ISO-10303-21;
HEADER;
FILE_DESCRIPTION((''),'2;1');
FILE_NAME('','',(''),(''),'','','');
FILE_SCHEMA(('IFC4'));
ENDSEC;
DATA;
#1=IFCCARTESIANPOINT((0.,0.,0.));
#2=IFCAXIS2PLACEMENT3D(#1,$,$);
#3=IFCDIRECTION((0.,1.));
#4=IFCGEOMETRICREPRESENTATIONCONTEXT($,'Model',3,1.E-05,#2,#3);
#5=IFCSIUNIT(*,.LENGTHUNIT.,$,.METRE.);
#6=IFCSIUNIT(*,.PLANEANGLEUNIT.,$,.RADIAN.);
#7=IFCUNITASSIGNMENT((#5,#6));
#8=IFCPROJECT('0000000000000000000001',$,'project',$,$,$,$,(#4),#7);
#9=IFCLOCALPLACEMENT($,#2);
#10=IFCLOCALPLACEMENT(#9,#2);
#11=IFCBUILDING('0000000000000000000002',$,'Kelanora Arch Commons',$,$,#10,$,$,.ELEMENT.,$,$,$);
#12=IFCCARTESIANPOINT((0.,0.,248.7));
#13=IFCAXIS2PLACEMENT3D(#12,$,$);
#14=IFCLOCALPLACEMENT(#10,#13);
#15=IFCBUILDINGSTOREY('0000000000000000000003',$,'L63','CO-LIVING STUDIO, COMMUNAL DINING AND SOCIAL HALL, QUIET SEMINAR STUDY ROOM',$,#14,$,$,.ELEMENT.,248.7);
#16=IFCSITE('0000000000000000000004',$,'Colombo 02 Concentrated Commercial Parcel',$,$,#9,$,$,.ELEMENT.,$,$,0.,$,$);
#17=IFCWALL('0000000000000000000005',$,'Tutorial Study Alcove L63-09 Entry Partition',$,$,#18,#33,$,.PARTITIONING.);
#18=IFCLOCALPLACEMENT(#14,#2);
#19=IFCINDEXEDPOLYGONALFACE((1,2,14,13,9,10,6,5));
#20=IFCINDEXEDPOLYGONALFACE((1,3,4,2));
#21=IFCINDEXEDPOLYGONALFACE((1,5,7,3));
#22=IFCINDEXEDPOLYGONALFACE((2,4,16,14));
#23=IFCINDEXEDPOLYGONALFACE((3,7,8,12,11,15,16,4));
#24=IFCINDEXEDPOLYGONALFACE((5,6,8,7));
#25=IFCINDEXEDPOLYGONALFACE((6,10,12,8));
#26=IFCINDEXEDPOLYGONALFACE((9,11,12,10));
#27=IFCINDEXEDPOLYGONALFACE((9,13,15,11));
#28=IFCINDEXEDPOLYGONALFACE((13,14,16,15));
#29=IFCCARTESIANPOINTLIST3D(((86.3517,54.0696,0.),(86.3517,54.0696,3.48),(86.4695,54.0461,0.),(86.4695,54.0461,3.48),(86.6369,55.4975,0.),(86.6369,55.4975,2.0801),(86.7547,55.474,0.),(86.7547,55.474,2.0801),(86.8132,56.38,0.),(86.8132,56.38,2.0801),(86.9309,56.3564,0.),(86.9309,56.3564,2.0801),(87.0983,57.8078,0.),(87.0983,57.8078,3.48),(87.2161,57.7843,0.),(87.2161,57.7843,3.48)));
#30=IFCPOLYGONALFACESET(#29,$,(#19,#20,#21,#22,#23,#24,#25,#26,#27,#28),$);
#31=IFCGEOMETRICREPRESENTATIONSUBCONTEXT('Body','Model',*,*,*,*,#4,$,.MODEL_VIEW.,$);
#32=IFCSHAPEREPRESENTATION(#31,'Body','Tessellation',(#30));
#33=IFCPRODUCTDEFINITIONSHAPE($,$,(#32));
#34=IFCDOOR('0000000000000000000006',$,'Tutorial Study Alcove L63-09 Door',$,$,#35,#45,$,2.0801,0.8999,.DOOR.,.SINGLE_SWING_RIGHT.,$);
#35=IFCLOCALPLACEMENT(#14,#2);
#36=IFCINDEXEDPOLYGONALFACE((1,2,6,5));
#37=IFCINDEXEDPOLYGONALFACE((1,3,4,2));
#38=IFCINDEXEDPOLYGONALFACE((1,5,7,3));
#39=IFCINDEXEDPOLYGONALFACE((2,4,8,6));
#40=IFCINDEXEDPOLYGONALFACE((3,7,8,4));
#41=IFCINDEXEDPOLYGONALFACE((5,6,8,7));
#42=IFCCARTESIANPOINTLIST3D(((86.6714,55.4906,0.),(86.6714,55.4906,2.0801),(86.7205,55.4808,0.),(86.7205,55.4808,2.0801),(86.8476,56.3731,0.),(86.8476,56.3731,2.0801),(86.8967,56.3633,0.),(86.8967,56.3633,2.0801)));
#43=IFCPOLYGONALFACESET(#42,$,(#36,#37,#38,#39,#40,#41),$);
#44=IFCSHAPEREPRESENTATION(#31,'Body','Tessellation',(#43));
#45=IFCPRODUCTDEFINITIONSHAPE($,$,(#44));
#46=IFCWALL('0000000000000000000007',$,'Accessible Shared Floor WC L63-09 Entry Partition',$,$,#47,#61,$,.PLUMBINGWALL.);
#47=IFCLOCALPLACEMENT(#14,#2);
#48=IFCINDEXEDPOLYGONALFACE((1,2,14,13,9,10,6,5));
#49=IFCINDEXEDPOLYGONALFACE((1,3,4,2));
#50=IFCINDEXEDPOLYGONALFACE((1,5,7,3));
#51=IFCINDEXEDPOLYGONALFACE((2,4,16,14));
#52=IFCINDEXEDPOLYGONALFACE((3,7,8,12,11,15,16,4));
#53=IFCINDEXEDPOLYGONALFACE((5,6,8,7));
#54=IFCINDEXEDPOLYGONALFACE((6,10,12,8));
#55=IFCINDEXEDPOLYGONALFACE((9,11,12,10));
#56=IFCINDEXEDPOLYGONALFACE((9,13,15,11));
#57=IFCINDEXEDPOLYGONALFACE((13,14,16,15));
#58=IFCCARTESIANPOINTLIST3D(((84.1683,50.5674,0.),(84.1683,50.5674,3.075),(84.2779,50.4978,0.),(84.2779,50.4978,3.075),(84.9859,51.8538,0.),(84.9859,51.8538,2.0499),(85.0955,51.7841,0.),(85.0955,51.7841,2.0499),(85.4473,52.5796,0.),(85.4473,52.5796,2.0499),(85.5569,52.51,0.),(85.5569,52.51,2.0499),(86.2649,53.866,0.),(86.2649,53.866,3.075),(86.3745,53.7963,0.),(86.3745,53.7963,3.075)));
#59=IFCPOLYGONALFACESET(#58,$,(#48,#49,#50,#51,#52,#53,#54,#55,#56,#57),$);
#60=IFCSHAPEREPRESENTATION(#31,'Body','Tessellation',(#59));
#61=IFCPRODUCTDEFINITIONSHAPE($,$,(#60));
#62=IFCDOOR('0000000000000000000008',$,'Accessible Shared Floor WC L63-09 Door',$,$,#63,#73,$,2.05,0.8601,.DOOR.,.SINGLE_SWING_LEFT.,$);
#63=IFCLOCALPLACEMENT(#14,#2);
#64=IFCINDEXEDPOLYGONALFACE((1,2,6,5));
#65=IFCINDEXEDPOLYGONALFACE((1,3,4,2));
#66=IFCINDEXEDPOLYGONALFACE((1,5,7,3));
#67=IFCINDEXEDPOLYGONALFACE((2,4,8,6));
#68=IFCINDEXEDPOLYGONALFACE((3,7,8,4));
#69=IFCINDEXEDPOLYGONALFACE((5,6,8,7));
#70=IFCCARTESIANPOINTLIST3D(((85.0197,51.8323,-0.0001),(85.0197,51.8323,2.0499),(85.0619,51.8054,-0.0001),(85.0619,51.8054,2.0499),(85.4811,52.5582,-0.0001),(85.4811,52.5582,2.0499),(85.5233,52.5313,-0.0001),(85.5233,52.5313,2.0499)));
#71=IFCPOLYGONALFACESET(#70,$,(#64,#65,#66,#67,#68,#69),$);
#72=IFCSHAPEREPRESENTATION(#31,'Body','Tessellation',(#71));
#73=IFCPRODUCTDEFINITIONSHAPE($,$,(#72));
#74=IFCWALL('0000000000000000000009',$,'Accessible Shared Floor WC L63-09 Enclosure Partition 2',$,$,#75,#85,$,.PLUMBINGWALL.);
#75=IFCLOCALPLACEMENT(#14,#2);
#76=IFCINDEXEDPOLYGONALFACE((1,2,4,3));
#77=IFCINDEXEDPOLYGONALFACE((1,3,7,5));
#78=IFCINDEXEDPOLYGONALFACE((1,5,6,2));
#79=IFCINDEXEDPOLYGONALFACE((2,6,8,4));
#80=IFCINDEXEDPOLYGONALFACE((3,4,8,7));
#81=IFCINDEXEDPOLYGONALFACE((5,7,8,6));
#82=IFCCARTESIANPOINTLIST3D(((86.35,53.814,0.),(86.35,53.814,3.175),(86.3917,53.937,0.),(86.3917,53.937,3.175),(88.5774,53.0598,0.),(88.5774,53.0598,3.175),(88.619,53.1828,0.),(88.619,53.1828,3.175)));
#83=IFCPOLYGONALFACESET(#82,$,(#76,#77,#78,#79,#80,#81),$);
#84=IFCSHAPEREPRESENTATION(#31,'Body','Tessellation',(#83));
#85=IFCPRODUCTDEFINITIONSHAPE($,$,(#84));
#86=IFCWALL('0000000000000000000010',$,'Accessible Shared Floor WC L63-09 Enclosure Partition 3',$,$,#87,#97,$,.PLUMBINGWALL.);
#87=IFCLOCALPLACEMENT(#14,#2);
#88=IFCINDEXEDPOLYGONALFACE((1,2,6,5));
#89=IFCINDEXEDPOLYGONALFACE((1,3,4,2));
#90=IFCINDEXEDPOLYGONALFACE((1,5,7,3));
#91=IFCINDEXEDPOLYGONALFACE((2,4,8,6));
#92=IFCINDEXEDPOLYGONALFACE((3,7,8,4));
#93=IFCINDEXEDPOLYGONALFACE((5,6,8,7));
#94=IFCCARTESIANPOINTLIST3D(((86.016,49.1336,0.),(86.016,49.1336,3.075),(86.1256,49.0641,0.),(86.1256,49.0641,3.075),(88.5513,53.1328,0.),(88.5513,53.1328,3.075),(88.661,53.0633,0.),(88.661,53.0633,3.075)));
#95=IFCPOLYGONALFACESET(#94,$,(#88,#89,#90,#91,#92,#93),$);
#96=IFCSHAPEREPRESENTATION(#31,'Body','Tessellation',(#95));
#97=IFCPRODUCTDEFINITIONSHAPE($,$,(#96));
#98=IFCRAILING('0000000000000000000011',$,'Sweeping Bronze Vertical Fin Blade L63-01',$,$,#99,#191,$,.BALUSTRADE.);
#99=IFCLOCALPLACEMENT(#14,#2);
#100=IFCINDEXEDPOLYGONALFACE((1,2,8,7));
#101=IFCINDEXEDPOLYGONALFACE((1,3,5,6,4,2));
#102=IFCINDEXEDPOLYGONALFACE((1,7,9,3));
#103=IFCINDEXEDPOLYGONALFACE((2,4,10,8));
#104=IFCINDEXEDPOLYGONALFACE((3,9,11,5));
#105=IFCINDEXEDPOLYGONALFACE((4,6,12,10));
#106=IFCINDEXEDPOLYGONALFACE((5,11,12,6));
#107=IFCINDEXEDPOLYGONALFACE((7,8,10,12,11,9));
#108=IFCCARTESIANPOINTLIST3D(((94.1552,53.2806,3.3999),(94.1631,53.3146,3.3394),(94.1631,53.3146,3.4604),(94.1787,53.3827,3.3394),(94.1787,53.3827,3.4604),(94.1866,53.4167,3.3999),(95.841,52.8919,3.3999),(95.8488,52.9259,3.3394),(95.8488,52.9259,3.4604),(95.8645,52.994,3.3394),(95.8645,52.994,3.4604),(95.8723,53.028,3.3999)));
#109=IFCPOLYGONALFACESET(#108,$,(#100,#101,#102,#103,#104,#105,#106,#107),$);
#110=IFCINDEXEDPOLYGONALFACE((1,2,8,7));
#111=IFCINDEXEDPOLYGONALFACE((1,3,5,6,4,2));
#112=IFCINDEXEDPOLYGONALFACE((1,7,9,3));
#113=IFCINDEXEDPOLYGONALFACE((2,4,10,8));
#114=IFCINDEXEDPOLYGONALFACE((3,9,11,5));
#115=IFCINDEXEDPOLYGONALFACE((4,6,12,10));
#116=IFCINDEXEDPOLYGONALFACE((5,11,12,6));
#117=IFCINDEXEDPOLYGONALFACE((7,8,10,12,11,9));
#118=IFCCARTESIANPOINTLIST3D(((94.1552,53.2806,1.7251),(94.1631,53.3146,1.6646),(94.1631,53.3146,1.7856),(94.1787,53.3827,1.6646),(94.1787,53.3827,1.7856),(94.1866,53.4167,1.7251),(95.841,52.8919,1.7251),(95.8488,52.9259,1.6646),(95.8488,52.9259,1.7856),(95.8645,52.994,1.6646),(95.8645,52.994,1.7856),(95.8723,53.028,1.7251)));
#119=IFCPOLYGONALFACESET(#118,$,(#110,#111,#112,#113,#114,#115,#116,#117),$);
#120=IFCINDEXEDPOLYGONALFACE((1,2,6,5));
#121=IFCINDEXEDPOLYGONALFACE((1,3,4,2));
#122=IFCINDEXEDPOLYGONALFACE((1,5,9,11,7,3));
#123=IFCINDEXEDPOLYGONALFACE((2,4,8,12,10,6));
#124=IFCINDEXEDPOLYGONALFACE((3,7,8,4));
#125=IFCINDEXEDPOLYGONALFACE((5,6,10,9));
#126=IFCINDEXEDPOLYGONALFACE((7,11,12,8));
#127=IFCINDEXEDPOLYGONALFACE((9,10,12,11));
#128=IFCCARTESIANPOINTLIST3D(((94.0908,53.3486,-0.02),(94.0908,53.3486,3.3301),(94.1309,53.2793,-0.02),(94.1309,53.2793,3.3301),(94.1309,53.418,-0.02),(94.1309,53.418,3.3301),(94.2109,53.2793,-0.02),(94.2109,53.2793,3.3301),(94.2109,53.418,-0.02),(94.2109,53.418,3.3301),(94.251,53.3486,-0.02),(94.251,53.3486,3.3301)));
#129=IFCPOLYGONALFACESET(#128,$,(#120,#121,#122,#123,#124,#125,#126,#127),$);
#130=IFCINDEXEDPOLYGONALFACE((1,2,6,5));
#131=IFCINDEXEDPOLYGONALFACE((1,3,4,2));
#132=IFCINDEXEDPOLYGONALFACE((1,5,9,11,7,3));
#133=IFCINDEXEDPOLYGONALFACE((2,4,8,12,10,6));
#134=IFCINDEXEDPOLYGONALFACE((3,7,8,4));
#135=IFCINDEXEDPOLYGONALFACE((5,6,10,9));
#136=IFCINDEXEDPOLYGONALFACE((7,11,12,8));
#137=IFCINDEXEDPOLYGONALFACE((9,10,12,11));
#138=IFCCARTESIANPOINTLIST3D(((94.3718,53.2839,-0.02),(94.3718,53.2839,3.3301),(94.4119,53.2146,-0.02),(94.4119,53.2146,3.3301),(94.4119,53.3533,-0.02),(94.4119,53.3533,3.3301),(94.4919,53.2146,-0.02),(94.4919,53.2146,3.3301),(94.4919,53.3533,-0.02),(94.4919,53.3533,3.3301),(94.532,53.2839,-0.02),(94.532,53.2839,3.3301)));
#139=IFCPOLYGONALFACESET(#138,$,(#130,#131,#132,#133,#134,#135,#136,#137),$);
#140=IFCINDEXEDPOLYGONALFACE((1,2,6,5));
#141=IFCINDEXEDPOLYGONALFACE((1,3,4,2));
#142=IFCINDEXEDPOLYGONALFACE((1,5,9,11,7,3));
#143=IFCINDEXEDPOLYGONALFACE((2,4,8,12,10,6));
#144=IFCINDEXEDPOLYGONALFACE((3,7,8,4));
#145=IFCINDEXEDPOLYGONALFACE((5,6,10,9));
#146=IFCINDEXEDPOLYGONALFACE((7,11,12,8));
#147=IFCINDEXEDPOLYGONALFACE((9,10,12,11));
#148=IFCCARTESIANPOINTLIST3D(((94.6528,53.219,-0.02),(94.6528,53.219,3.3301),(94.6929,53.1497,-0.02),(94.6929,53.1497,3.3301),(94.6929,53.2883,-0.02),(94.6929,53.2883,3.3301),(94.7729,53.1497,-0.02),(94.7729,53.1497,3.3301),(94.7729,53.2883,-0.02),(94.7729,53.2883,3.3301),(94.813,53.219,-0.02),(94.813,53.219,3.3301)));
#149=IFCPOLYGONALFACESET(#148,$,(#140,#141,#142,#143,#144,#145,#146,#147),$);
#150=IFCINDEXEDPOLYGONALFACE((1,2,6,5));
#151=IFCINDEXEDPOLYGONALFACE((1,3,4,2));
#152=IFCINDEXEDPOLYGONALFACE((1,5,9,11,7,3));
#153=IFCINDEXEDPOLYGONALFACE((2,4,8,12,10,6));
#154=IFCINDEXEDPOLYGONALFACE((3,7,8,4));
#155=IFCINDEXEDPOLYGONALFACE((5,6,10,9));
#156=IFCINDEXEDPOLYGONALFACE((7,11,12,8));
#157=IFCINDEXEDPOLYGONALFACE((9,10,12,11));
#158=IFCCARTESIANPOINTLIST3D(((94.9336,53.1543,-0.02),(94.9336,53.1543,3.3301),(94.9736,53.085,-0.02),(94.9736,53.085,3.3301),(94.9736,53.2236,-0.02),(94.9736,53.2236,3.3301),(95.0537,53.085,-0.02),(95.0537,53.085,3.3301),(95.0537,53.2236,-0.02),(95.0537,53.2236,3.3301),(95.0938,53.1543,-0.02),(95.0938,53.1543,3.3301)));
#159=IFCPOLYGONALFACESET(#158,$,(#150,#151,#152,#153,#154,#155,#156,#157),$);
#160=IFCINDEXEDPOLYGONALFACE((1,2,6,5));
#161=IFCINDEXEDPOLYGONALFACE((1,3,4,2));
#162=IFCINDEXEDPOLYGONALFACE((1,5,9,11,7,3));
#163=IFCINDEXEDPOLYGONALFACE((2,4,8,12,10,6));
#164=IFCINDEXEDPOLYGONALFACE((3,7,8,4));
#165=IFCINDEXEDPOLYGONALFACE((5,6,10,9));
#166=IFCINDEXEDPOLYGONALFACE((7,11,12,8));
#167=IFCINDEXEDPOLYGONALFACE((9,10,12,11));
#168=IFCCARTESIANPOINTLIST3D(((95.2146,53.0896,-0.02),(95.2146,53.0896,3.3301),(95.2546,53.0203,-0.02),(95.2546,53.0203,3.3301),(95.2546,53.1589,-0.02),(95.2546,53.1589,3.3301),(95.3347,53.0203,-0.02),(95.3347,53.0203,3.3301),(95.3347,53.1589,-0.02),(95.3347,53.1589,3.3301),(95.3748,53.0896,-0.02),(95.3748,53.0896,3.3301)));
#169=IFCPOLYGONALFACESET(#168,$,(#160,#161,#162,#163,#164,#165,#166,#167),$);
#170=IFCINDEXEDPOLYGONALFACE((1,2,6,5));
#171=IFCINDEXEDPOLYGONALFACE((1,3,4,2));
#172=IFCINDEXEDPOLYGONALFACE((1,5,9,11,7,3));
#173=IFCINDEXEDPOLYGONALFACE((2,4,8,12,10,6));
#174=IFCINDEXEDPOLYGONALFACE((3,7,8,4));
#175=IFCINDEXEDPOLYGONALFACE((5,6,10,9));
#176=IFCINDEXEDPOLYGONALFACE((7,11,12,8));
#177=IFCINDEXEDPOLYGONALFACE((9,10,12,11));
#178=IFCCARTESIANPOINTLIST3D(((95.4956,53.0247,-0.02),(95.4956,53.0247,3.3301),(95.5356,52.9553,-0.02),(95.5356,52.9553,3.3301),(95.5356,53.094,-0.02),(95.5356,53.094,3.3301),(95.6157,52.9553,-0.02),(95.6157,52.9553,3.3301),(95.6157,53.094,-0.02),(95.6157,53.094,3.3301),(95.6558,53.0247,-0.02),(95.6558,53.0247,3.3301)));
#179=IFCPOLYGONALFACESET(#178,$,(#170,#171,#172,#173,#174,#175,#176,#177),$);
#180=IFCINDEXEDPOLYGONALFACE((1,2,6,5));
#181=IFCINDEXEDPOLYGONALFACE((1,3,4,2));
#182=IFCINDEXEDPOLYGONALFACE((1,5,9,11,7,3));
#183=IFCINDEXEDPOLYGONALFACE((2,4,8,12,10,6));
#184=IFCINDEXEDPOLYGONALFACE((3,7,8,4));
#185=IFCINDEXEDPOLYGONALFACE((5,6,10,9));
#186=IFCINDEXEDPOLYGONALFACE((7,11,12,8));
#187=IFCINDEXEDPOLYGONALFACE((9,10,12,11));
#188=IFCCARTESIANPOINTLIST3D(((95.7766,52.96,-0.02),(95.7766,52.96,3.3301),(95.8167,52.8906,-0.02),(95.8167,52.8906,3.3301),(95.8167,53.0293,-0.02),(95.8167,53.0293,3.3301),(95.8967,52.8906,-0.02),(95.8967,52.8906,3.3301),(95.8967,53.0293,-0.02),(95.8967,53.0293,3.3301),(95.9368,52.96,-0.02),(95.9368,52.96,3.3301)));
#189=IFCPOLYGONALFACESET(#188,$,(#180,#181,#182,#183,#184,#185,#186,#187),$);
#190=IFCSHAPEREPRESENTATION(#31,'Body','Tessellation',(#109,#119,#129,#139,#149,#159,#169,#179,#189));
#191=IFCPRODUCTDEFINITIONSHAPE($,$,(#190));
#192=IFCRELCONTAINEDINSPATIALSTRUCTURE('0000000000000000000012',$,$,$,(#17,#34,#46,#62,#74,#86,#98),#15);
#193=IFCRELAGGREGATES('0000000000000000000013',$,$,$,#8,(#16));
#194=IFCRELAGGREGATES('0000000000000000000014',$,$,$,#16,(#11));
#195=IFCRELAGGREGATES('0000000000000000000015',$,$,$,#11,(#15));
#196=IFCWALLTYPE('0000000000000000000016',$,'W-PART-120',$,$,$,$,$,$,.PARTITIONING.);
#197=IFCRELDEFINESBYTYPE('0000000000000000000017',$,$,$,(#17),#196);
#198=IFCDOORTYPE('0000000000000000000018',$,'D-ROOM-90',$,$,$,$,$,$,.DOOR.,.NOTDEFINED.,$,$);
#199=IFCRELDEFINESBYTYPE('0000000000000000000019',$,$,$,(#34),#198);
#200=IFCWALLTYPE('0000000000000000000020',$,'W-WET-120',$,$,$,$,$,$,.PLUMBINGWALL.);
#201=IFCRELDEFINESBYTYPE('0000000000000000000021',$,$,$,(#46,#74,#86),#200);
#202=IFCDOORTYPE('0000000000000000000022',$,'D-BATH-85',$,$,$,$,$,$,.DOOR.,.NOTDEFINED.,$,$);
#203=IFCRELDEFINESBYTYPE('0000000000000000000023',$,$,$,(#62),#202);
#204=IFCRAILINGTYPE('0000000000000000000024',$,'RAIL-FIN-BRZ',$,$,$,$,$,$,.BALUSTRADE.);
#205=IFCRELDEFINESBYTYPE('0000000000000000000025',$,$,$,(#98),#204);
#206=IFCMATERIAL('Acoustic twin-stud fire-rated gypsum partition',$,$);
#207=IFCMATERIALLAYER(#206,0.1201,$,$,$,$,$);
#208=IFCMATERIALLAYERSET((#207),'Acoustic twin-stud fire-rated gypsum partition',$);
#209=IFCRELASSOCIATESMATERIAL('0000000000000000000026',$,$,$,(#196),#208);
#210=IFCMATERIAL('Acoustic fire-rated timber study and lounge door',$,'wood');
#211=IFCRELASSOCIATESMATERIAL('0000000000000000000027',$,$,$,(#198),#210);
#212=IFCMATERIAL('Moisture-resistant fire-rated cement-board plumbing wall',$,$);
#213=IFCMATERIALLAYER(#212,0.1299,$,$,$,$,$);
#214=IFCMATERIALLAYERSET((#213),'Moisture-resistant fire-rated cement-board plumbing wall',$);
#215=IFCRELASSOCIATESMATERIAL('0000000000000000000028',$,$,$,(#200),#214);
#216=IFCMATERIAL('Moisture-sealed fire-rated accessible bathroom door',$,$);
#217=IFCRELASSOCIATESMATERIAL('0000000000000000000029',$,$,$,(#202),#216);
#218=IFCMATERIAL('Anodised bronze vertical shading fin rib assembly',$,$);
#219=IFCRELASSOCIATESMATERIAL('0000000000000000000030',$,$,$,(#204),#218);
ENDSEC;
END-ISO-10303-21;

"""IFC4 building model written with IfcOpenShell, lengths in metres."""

from ifc_helpers import new_model, si_unit, direction, frame, frame_2d, origin, place, context, subcontext, project, spatial, polyline, rectangle, outline, extrude, material, layer, layer_set, type_object, element, fill, save


model = new_model("IFC4")

# Units and contexts
model_context = context("Model", 3, precision=1e-05, world=origin(), true_north=direction((0.0, 1.0)))
body_context = subcontext(model_context, "Body", "Model", "MODEL_VIEW")
ifc_project = project(units=[si_unit("LENGTHUNIT", "METRE"), si_unit("PLANEANGLEUNIT", "RADIAN")], contexts=[model_context])

# Site, building, storey
site_placement = place(None, origin())
site = spatial("IfcSite", under=ifc_project, at=site_placement, Name="Colombo 02 Concentrated Commercial Parcel", CompositionType="ELEMENT", RefElevation=0.0)
building_placement = place(site_placement, origin())
building = spatial("IfcBuilding", under=site, at=building_placement, Name="Kelanora Arch Commons", CompositionType="ELEMENT")
storey_placement = place(building_placement, frame((0.0, 0.0, 248.7)))
storey = spatial("IfcBuildingStorey", under=building, at=storey_placement, Name="L63", Description="CO-LIVING STUDIO, COMMUNAL DINING AND SOCIAL HALL, QUIET SEMINAR STUDY ROOM", CompositionType="ELEMENT", Elevation=248.7)

# Walls, openings, doors
ifc_material_1 = material(Name="Acoustic twin-stud fire-rated gypsum partition")
ifc_layer_1 = layer(ifc_material_1, 0.1201)
ifc_layer_set_1 = layer_set([ifc_layer_1], Name="Acoustic twin-stud fire-rated gypsum partition")
wall_type_1 = type_object("IfcWallType", Name="W-PART-120", PredefinedType="PARTITIONING", material=ifc_layer_set_1)
wall_1_placement = place(storey_placement, frame((86.4106, 54.0579, 0.0), z_axis=(0.0, 0.0, 1.0), x_axis=(0.195845, 0.980635, 0.0)))
wall_1 = element("IfcWall", 1, at=wall_1_placement, inside=storey, type_object=wall_type_1, Name="Tutorial Study Alcove L63-09 Entry Partition", PredefinedType="PARTITIONING", context=body_context, shape_type="SweptSolid", body=[
    extrude(rectangle(XDim=3.812, YDim=0.1201, at=frame_2d((1.906, 0.0))), origin(), (0.0, 0.0, 1.0), 3.48),
])
opening_1_placement = place(wall_1_placement, frame((1.4561, 0.0, 0.0)))
opening_1 = element("IfcOpeningElement", 2, at=opening_1_placement, cuts=wall_1, PredefinedType="OPENING", context=body_context, shape_type="SweptSolid", body=[
    extrude(rectangle(XDim=0.8999, YDim=2.0801, at=frame_2d((0.45, 1.04))), frame((0.0, 0.0701, 0.0), z_axis=(0.0, -1.0, 0.0), x_axis=(1.0, 0.0, 0.0)), (0.0, 0.0, 1.0), 0.1401),
])
ifc_material_2 = material(Name="Acoustic fire-rated timber study and lounge door", Category="wood")
door_type_1 = type_object("IfcDoorType", Name="D-ROOM-90", OperationType="NOTDEFINED", PredefinedType="DOOR", material=ifc_material_2)
door_1_placement = place(opening_1_placement, origin())
door_1 = element("IfcDoor", 3, at=door_1_placement, inside=storey, type_object=door_type_1, Name="Tutorial Study Alcove L63-09 Door", OperationType="SINGLE_SWING_RIGHT", OverallHeight=2.0801, OverallWidth=0.8999, PredefinedType="DOOR", context=body_context, shape_type="SweptSolid", body=[
    extrude(rectangle(XDim=0.8999, YDim=2.0801, at=frame_2d((0.45, 1.04))), frame((0.0, 0.0249, 0.0), z_axis=(0.0, -1.0, 0.0), x_axis=(1.0, 0.0, 0.0)), (0.0, 0.0, 1.0), 0.05),
])
fill(opening_1, door_1)
ifc_material_3 = material(Name="Moisture-resistant fire-rated cement-board plumbing wall")
ifc_layer_2 = layer(ifc_material_3, 0.1299)
ifc_layer_set_2 = layer_set([ifc_layer_2], Name="Moisture-resistant fire-rated cement-board plumbing wall")
wall_type_2 = type_object("IfcWallType", Name="W-WET-120", PredefinedType="PLUMBINGWALL", material=ifc_layer_set_2)
wall_2_placement = place(storey_placement, frame((84.2231, 50.5327, 0.0), z_axis=(0.0, 0.0, 1.0), x_axis=(0.536435, 0.843942, 0.0)))
wall_2 = element("IfcWall", 4, at=wall_2_placement, inside=storey, type_object=wall_type_2, Name="Accessible Shared Floor WC L63-09 Entry Partition", PredefinedType="PLUMBINGWALL", context=body_context, shape_type="SweptSolid", body=[
    extrude(rectangle(XDim=3.9084, YDim=0.1299, at=frame_2d((1.9541, 0.0))), origin(), (0.0, 0.0, 1.0), 3.075),
])
opening_2_placement = place(wall_2_placement, frame((1.5239, 0.0, 0.0)))
opening_2 = element("IfcOpeningElement", 5, at=opening_2_placement, cuts=wall_2, PredefinedType="OPENING", context=body_context, shape_type="SweptSolid", body=[
    extrude(rectangle(XDim=0.8601, YDim=2.05, at=frame_2d((0.4302, 1.0249))), frame((0.0, 0.075, 0.0), z_axis=(0.0, -1.0, 0.0), x_axis=(1.0, 0.0, 0.0)), (0.0, 0.0, 1.0), 0.1499),
])
ifc_material_4 = material(Name="Moisture-sealed fire-rated accessible bathroom door")
door_type_2 = type_object("IfcDoorType", Name="D-BATH-85", OperationType="NOTDEFINED", PredefinedType="DOOR", material=ifc_material_4)
door_2_placement = place(opening_2_placement, origin())
door_2 = element("IfcDoor", 6, at=door_2_placement, inside=storey, type_object=door_type_2, Name="Accessible Shared Floor WC L63-09 Door", OperationType="SINGLE_SWING_LEFT", OverallHeight=2.05, OverallWidth=0.8601, PredefinedType="DOOR", context=body_context, shape_type="SweptSolid", body=[
    extrude(rectangle(XDim=0.8601, YDim=2.05, at=frame_2d((0.4302, 1.0249))), frame((0.0, 0.0249, 0.0), z_axis=(0.0, -1.0, 0.0), x_axis=(1.0, 0.0, 0.0)), (0.0, 0.0, 1.0), 0.05),
])
fill(opening_2, door_2)

# Walls
wall_3_placement = place(storey_placement, frame((86.3708, 53.8755, 0.0), z_axis=(0.0, 0.0, 1.0), x_axis=(0.947178, -0.320709, 0.0)))
element("IfcWall", 7, at=wall_3_placement, inside=storey, type_object=wall_type_2, Name="Accessible Shared Floor WC L63-09 Enclosure Partition 2", PredefinedType="PLUMBINGWALL", context=body_context, shape_type="SweptSolid", body=[
    extrude(rectangle(XDim=2.3516, YDim=0.1299, at=frame_2d((1.1758, 0.0))), origin(), (0.0, 0.0, 1.0), 3.175),
])
wall_4_placement = place(storey_placement, frame((88.6062, 53.0981, 0.0), z_axis=(0.0, 0.0, 1.0), x_axis=(-0.535434, -0.844577, 0.0)))
element("IfcWall", 8, at=wall_4_placement, inside=storey, type_object=wall_type_2, Name="Accessible Shared Floor WC L63-09 Enclosure Partition 3", PredefinedType="PLUMBINGWALL", context=body_context, shape_type="SweptSolid", body=[
    extrude(rectangle(XDim=4.7351, YDim=0.1299, at=frame_2d((2.3677, 0.0))), origin(), (0.0, 0.0, 1.0), 3.075),
])

# Railing
ifc_material_5 = material(Name="Anodised bronze vertical shading fin rib assembly")
railing_type_1 = type_object("IfcRailingType", Name="RAIL-FIN-BRZ", PredefinedType="BALUSTRADE", material=ifc_material_5)
railing_1_placement = place(storey_placement, frame((94.1709, 53.3486, -0.02)))
element("IfcRailing", 9, at=railing_1_placement, inside=storey, type_object=railing_type_1, Name="Sweeping Bronze Vertical Fin Blade L63-01", PredefinedType="BALUSTRADE", context=body_context, shape_type="SweptSolid", body=[
    extrude(outline(polyline([(0.0698, 0.0), (0.0349, 0.0605), (-0.0349, 0.0605), (-0.0698, 0.0), (-0.0349, -0.0605), (0.0349, -0.0605), (0.0698, 0.0)])), frame((0.0, 0.0, 3.4199), z_axis=(0.974436, -0.224664, 0.0), x_axis=(0.224664, 0.974436, 0.0)), (0.0, 0.0, 1.0), 1.73),
    extrude(outline(polyline([(0.0698, 0.0), (0.0349, 0.0605), (-0.0349, 0.0605), (-0.0698, 0.0), (-0.0349, -0.0605), (0.0349, -0.0605), (0.0698, 0.0)])), frame((0.0, 0.0, 1.7451), z_axis=(0.974436, -0.224664, 0.0), x_axis=(0.224664, 0.974436, 0.0)), (0.0, 0.0, 1.0), 1.73),
    extrude(outline(polyline([(0.0801, 0.0), (0.04, 0.0693), (-0.04, 0.0693), (-0.0801, 0.0), (-0.04, -0.0693), (0.04, -0.0693), (0.0801, 0.0)])), origin(), (0.0, 0.0, 1.0), 3.3501),
    extrude(outline(polyline([(0.0801, 0.0), (0.04, 0.0693), (-0.04, 0.0693), (-0.0801, 0.0), (-0.04, -0.0693), (0.04, -0.0693), (0.0801, 0.0)])), frame((0.281, -0.0647, 0.0)), (0.0, 0.0, 1.0), 3.3501),
    extrude(outline(polyline([(0.0801, 0.0), (0.04, 0.0693), (-0.04, 0.0693), (-0.0801, 0.0), (-0.04, -0.0693), (0.04, -0.0693), (0.0801, 0.0)])), frame((0.562, -0.1296, 0.0)), (0.0, 0.0, 1.0), 3.3501),
    extrude(outline(polyline([(0.0801, 0.0), (0.04, 0.0693), (-0.04, 0.0693), (-0.0801, 0.0), (-0.04, -0.0693), (0.04, -0.0693), (0.0801, 0.0)])), frame((0.8428, -0.1943, 0.0)), (0.0, 0.0, 1.0), 3.3501),
    extrude(outline(polyline([(0.0801, 0.0), (0.04, 0.0693), (-0.04, 0.0693), (-0.0801, 0.0), (-0.04, -0.0693), (0.04, -0.0693), (0.0801, 0.0)])), frame((1.1238, -0.259, 0.0)), (0.0, 0.0, 1.0), 3.3501),
    extrude(outline(polyline([(0.0801, 0.0), (0.04, 0.0693), (-0.04, 0.0693), (-0.0801, 0.0), (-0.04, -0.0693), (0.04, -0.0693), (0.0801, 0.0)])), frame((1.4048, -0.324, 0.0)), (0.0, 0.0, 1.0), 3.3501),
    extrude(outline(polyline([(0.0801, 0.0), (0.04, 0.0693), (-0.04, 0.0693), (-0.0801, 0.0), (-0.04, -0.0693), (0.04, -0.0693), (0.0801, 0.0)])), frame((1.6858, -0.3887, 0.0)), (0.0, 0.0, 1.0), 3.3501),
])

save(model, "model.ifc")
